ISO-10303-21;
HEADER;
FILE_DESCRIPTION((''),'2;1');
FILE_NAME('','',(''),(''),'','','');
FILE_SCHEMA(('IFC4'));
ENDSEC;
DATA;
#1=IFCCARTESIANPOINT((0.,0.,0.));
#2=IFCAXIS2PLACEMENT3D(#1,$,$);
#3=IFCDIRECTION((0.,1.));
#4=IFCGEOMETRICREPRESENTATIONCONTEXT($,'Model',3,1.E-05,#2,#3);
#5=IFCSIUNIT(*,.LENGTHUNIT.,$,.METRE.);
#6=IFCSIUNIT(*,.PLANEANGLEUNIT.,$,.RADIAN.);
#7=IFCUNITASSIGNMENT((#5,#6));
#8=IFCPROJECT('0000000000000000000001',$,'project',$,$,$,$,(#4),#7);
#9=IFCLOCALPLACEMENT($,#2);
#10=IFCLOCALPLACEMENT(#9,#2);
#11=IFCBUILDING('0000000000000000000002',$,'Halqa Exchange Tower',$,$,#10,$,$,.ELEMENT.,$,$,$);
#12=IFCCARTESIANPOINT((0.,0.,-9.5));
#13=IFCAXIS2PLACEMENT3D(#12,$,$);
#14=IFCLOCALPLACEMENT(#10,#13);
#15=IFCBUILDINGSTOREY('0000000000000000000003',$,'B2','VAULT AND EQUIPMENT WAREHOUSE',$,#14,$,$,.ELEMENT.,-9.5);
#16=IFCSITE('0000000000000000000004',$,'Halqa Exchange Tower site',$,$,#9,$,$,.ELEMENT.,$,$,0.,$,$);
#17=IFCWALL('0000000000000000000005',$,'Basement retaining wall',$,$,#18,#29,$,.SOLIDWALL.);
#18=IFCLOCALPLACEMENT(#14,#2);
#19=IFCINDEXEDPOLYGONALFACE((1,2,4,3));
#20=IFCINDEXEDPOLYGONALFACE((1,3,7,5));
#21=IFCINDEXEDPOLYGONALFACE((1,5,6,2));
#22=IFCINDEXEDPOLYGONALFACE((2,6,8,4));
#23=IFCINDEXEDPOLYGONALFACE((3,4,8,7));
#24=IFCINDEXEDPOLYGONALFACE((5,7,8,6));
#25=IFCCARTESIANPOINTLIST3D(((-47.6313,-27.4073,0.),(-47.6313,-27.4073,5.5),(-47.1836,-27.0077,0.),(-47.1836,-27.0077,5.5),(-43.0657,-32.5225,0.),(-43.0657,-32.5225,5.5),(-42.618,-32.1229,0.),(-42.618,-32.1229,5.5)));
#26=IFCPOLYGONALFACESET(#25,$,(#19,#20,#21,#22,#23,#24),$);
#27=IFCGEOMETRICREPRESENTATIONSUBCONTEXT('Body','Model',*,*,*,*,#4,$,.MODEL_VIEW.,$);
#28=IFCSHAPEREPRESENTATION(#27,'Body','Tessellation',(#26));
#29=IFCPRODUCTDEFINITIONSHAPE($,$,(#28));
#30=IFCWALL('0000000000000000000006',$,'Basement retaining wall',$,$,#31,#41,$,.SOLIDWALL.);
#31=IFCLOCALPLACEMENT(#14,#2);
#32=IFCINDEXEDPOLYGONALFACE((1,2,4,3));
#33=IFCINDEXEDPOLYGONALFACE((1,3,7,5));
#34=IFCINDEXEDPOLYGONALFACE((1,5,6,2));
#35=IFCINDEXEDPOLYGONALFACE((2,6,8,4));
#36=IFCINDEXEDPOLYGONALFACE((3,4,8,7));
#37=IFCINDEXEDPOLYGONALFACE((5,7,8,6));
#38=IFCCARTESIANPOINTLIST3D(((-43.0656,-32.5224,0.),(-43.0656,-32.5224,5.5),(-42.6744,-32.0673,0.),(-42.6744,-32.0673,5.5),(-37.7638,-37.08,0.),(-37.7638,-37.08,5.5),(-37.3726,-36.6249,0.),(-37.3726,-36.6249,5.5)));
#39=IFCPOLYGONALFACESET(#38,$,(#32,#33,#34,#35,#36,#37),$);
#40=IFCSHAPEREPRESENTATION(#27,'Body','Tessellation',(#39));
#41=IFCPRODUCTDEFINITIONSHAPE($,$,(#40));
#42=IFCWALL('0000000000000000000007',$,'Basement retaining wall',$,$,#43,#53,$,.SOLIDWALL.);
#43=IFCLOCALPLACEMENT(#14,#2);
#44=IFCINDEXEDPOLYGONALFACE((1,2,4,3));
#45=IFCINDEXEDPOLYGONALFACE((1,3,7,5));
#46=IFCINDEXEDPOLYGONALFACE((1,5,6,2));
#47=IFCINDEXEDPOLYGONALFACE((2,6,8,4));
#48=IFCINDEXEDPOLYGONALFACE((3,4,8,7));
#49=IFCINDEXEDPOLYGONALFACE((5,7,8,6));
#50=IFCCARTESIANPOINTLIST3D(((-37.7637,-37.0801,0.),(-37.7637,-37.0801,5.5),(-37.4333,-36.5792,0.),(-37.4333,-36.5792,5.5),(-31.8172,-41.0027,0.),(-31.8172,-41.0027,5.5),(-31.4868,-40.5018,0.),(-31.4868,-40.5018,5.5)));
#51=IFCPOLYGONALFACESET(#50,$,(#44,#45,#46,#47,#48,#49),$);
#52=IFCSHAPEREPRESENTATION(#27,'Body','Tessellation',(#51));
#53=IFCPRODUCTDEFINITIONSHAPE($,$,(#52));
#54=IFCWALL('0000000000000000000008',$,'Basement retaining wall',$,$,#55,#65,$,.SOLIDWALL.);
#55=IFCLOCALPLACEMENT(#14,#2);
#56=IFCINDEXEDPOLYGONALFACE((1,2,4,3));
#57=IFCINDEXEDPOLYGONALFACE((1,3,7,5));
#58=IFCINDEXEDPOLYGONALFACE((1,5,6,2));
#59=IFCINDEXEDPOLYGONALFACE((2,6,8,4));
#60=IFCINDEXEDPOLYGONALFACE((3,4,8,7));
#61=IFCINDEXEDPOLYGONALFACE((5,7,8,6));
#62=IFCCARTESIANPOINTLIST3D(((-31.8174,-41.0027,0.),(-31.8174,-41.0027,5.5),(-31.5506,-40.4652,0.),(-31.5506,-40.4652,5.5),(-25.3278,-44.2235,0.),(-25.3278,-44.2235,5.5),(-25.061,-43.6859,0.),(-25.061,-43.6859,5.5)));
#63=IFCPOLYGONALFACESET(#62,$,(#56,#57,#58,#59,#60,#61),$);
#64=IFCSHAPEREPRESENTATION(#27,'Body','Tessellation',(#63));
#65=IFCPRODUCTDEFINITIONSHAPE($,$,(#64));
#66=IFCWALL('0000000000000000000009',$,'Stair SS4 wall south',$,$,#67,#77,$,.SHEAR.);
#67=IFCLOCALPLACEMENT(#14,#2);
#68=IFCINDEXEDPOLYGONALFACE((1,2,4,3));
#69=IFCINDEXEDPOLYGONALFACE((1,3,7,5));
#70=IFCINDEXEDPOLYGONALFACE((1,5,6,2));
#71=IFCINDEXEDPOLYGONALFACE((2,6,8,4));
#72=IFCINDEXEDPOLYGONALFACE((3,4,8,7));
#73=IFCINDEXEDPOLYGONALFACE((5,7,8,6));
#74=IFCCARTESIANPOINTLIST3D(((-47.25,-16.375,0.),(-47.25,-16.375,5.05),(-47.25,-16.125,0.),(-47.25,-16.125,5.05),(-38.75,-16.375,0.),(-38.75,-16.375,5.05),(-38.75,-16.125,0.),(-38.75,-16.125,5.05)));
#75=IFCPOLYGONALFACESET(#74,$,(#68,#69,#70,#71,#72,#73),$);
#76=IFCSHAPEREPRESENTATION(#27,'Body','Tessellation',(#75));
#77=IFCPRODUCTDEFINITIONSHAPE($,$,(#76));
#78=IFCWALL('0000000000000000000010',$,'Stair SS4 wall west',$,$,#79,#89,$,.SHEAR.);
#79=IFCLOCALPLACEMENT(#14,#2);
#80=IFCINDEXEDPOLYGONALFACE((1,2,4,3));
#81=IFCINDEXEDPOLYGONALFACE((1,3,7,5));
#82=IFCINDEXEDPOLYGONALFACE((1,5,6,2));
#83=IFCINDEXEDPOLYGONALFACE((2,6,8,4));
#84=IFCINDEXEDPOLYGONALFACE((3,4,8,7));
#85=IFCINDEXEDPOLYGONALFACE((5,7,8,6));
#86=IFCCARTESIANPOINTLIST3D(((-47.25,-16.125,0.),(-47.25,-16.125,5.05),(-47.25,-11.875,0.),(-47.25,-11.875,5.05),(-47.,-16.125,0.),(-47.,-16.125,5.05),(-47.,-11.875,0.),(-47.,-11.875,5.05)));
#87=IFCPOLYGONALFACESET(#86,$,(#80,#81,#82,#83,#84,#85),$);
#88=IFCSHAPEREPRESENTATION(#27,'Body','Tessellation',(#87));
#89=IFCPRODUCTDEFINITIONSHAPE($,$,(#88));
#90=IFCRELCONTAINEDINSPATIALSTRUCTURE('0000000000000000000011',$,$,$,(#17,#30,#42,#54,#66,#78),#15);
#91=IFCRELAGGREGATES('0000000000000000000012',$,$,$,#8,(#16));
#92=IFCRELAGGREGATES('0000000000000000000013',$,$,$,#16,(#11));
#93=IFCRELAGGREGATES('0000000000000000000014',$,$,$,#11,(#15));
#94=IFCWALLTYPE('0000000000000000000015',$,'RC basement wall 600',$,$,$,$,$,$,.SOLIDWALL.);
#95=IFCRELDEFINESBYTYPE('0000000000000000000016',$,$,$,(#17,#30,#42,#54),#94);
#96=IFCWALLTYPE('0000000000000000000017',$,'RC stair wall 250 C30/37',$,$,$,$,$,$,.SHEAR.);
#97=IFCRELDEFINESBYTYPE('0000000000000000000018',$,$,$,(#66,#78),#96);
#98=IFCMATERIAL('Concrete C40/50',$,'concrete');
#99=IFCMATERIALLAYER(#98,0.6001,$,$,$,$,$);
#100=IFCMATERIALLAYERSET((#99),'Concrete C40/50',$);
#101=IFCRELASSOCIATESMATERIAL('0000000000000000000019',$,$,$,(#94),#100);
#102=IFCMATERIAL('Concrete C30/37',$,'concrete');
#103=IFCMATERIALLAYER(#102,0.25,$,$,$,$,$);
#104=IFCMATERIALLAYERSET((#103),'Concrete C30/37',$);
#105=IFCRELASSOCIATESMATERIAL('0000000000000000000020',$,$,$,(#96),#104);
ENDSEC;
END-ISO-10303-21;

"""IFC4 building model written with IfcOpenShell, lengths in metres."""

from ifc_helpers import new_model, si_unit, direction, frame, frame_2d, origin, place, context, subcontext, project, spatial, rectangle, extrude, material, layer, layer_set, type_object, element, save


model = new_model("IFC4")

# Units and contexts
model_context = context("Model", 3, precision=1e-05, world=origin(), true_north=direction((0.0, 1.0)))
body_context = subcontext(model_context, "Body", "Model", "MODEL_VIEW")
ifc_project = project(units=[si_unit("LENGTHUNIT", "METRE"), si_unit("PLANEANGLEUNIT", "RADIAN")], contexts=[model_context])

# Site, building, storey
site_placement = place(None, origin())
site = spatial("IfcSite", under=ifc_project, at=site_placement, Name="Halqa Exchange Tower site", CompositionType="ELEMENT", RefElevation=0.0)
building_placement = place(site_placement, origin())
building = spatial("IfcBuilding", under=site, at=building_placement, Name="Halqa Exchange Tower", CompositionType="ELEMENT")
storey_placement = place(building_placement, frame((0.0, 0.0, -9.5)))
storey = spatial("IfcBuildingStorey", under=building, at=storey_placement, Name="B2", Description="VAULT AND EQUIPMENT WAREHOUSE", CompositionType="ELEMENT", Elevation=-9.5)

# Walls
ifc_material_1 = material(Name="Concrete C40/50", Category="concrete")
ifc_layer_1 = layer(ifc_material_1, 0.6001)
ifc_layer_set_1 = layer_set([ifc_layer_1], Name="Concrete C40/50")
wall_type_1 = type_object("IfcWallType", Name="RC basement wall 600", PredefinedType="SOLIDWALL", material=ifc_layer_set_1)
wall_1_placement = place(storey_placement, frame((-47.4075, -27.2075, 0.0), z_axis=(0.0, 0.0, 1.0), x_axis=(0.665894, -0.746046, 0.0)))
element("IfcWall", 1, at=wall_1_placement, inside=storey, type_object=wall_type_1, Name="Basement retaining wall", PredefinedType="SOLIDWALL", context=body_context, shape_type="SweptSolid", body=[
    extrude(rectangle(XDim=6.8564, YDim=0.6001, at=frame_2d((3.4282, 0.0))), origin(), (0.0, 0.0, 1.0), 5.5),
])
wall_2_placement = place(storey_placement, frame((-42.8699, -32.2949, 0.0), z_axis=(0.0, 0.0, 1.0), x_axis=(0.758319, -0.651883, 0.0)))
element("IfcWall", 2, at=wall_2_placement, inside=storey, type_object=wall_type_1, Name="Basement retaining wall", PredefinedType="SOLIDWALL", context=body_context, shape_type="SweptSolid", body=[
    extrude(rectangle(XDim=6.9915, YDim=0.6001, at=frame_2d((3.4956, 0.0))), origin(), (0.0, 0.0, 1.0), 5.5),
])
wall_3_placement = place(storey_placement, frame((-37.5986, -36.8296, 0.0), z_axis=(0.0, 0.0, 1.0), x_axis=(0.834745, -0.550636, 0.0)))
element("IfcWall", 3, at=wall_3_placement, inside=storey, type_object=wall_type_1, Name="Basement retaining wall", PredefinedType="SOLIDWALL", context=body_context, shape_type="SweptSolid", body=[
    extrude(rectangle(XDim=7.1238, YDim=0.6001, at=frame_2d((3.562, 0.0))), origin(), (0.0, 0.0, 1.0), 5.5),
])
wall_4_placement = place(storey_placement, frame((-31.6841, -40.7339, 0.0), z_axis=(0.0, 0.0, 1.0), x_axis=(0.895751, -0.444556, 0.0)))
element("IfcWall", 4, at=wall_4_placement, inside=storey, type_object=wall_type_1, Name="Basement retaining wall", PredefinedType="SOLIDWALL", context=body_context, shape_type="SweptSolid", body=[
    extrude(rectangle(XDim=7.2449, YDim=0.6001, at=frame_2d((3.6226, 0.0))), origin(), (0.0, 0.0, 1.0), 5.5),
])
ifc_material_2 = material(Name="Concrete C30/37", Category="concrete")
ifc_layer_2 = layer(ifc_material_2, 0.25)
ifc_layer_set_2 = layer_set([ifc_layer_2], Name="Concrete C30/37")
wall_type_2 = type_object("IfcWallType", Name="RC stair wall 250 C30/37", PredefinedType="SHEAR", material=ifc_layer_set_2)
wall_5_placement = place(storey_placement, frame((-47.25, -16.25, 0.0), z_axis=(0.0, 0.0, 1.0), x_axis=(1.0, 0.0, 0.0)))
element("IfcWall", 5, at=wall_5_placement, inside=storey, type_object=wall_type_2, Name="Stair SS4 wall south", PredefinedType="SHEAR", context=body_context, shape_type="SweptSolid", body=[
    extrude(rectangle(XDim=8.5, YDim=0.25, at=frame_2d((4.25, 0.0))), origin(), (0.0, 0.0, 1.0), 5.05),
])
wall_6_placement = place(storey_placement, frame((-47.125, -16.125, 0.0), z_axis=(0.0, 0.0, 1.0), x_axis=(0.0, 1.0, 0.0)))
element("IfcWall", 6, at=wall_6_placement, inside=storey, type_object=wall_type_2, Name="Stair SS4 wall west", PredefinedType="SHEAR", context=body_context, shape_type="SweptSolid", body=[
    extrude(rectangle(XDim=4.25, YDim=0.25, at=frame_2d((2.125, 0.0))), origin(), (0.0, 0.0, 1.0), 5.05),
])

save(model, "model.ifc")
